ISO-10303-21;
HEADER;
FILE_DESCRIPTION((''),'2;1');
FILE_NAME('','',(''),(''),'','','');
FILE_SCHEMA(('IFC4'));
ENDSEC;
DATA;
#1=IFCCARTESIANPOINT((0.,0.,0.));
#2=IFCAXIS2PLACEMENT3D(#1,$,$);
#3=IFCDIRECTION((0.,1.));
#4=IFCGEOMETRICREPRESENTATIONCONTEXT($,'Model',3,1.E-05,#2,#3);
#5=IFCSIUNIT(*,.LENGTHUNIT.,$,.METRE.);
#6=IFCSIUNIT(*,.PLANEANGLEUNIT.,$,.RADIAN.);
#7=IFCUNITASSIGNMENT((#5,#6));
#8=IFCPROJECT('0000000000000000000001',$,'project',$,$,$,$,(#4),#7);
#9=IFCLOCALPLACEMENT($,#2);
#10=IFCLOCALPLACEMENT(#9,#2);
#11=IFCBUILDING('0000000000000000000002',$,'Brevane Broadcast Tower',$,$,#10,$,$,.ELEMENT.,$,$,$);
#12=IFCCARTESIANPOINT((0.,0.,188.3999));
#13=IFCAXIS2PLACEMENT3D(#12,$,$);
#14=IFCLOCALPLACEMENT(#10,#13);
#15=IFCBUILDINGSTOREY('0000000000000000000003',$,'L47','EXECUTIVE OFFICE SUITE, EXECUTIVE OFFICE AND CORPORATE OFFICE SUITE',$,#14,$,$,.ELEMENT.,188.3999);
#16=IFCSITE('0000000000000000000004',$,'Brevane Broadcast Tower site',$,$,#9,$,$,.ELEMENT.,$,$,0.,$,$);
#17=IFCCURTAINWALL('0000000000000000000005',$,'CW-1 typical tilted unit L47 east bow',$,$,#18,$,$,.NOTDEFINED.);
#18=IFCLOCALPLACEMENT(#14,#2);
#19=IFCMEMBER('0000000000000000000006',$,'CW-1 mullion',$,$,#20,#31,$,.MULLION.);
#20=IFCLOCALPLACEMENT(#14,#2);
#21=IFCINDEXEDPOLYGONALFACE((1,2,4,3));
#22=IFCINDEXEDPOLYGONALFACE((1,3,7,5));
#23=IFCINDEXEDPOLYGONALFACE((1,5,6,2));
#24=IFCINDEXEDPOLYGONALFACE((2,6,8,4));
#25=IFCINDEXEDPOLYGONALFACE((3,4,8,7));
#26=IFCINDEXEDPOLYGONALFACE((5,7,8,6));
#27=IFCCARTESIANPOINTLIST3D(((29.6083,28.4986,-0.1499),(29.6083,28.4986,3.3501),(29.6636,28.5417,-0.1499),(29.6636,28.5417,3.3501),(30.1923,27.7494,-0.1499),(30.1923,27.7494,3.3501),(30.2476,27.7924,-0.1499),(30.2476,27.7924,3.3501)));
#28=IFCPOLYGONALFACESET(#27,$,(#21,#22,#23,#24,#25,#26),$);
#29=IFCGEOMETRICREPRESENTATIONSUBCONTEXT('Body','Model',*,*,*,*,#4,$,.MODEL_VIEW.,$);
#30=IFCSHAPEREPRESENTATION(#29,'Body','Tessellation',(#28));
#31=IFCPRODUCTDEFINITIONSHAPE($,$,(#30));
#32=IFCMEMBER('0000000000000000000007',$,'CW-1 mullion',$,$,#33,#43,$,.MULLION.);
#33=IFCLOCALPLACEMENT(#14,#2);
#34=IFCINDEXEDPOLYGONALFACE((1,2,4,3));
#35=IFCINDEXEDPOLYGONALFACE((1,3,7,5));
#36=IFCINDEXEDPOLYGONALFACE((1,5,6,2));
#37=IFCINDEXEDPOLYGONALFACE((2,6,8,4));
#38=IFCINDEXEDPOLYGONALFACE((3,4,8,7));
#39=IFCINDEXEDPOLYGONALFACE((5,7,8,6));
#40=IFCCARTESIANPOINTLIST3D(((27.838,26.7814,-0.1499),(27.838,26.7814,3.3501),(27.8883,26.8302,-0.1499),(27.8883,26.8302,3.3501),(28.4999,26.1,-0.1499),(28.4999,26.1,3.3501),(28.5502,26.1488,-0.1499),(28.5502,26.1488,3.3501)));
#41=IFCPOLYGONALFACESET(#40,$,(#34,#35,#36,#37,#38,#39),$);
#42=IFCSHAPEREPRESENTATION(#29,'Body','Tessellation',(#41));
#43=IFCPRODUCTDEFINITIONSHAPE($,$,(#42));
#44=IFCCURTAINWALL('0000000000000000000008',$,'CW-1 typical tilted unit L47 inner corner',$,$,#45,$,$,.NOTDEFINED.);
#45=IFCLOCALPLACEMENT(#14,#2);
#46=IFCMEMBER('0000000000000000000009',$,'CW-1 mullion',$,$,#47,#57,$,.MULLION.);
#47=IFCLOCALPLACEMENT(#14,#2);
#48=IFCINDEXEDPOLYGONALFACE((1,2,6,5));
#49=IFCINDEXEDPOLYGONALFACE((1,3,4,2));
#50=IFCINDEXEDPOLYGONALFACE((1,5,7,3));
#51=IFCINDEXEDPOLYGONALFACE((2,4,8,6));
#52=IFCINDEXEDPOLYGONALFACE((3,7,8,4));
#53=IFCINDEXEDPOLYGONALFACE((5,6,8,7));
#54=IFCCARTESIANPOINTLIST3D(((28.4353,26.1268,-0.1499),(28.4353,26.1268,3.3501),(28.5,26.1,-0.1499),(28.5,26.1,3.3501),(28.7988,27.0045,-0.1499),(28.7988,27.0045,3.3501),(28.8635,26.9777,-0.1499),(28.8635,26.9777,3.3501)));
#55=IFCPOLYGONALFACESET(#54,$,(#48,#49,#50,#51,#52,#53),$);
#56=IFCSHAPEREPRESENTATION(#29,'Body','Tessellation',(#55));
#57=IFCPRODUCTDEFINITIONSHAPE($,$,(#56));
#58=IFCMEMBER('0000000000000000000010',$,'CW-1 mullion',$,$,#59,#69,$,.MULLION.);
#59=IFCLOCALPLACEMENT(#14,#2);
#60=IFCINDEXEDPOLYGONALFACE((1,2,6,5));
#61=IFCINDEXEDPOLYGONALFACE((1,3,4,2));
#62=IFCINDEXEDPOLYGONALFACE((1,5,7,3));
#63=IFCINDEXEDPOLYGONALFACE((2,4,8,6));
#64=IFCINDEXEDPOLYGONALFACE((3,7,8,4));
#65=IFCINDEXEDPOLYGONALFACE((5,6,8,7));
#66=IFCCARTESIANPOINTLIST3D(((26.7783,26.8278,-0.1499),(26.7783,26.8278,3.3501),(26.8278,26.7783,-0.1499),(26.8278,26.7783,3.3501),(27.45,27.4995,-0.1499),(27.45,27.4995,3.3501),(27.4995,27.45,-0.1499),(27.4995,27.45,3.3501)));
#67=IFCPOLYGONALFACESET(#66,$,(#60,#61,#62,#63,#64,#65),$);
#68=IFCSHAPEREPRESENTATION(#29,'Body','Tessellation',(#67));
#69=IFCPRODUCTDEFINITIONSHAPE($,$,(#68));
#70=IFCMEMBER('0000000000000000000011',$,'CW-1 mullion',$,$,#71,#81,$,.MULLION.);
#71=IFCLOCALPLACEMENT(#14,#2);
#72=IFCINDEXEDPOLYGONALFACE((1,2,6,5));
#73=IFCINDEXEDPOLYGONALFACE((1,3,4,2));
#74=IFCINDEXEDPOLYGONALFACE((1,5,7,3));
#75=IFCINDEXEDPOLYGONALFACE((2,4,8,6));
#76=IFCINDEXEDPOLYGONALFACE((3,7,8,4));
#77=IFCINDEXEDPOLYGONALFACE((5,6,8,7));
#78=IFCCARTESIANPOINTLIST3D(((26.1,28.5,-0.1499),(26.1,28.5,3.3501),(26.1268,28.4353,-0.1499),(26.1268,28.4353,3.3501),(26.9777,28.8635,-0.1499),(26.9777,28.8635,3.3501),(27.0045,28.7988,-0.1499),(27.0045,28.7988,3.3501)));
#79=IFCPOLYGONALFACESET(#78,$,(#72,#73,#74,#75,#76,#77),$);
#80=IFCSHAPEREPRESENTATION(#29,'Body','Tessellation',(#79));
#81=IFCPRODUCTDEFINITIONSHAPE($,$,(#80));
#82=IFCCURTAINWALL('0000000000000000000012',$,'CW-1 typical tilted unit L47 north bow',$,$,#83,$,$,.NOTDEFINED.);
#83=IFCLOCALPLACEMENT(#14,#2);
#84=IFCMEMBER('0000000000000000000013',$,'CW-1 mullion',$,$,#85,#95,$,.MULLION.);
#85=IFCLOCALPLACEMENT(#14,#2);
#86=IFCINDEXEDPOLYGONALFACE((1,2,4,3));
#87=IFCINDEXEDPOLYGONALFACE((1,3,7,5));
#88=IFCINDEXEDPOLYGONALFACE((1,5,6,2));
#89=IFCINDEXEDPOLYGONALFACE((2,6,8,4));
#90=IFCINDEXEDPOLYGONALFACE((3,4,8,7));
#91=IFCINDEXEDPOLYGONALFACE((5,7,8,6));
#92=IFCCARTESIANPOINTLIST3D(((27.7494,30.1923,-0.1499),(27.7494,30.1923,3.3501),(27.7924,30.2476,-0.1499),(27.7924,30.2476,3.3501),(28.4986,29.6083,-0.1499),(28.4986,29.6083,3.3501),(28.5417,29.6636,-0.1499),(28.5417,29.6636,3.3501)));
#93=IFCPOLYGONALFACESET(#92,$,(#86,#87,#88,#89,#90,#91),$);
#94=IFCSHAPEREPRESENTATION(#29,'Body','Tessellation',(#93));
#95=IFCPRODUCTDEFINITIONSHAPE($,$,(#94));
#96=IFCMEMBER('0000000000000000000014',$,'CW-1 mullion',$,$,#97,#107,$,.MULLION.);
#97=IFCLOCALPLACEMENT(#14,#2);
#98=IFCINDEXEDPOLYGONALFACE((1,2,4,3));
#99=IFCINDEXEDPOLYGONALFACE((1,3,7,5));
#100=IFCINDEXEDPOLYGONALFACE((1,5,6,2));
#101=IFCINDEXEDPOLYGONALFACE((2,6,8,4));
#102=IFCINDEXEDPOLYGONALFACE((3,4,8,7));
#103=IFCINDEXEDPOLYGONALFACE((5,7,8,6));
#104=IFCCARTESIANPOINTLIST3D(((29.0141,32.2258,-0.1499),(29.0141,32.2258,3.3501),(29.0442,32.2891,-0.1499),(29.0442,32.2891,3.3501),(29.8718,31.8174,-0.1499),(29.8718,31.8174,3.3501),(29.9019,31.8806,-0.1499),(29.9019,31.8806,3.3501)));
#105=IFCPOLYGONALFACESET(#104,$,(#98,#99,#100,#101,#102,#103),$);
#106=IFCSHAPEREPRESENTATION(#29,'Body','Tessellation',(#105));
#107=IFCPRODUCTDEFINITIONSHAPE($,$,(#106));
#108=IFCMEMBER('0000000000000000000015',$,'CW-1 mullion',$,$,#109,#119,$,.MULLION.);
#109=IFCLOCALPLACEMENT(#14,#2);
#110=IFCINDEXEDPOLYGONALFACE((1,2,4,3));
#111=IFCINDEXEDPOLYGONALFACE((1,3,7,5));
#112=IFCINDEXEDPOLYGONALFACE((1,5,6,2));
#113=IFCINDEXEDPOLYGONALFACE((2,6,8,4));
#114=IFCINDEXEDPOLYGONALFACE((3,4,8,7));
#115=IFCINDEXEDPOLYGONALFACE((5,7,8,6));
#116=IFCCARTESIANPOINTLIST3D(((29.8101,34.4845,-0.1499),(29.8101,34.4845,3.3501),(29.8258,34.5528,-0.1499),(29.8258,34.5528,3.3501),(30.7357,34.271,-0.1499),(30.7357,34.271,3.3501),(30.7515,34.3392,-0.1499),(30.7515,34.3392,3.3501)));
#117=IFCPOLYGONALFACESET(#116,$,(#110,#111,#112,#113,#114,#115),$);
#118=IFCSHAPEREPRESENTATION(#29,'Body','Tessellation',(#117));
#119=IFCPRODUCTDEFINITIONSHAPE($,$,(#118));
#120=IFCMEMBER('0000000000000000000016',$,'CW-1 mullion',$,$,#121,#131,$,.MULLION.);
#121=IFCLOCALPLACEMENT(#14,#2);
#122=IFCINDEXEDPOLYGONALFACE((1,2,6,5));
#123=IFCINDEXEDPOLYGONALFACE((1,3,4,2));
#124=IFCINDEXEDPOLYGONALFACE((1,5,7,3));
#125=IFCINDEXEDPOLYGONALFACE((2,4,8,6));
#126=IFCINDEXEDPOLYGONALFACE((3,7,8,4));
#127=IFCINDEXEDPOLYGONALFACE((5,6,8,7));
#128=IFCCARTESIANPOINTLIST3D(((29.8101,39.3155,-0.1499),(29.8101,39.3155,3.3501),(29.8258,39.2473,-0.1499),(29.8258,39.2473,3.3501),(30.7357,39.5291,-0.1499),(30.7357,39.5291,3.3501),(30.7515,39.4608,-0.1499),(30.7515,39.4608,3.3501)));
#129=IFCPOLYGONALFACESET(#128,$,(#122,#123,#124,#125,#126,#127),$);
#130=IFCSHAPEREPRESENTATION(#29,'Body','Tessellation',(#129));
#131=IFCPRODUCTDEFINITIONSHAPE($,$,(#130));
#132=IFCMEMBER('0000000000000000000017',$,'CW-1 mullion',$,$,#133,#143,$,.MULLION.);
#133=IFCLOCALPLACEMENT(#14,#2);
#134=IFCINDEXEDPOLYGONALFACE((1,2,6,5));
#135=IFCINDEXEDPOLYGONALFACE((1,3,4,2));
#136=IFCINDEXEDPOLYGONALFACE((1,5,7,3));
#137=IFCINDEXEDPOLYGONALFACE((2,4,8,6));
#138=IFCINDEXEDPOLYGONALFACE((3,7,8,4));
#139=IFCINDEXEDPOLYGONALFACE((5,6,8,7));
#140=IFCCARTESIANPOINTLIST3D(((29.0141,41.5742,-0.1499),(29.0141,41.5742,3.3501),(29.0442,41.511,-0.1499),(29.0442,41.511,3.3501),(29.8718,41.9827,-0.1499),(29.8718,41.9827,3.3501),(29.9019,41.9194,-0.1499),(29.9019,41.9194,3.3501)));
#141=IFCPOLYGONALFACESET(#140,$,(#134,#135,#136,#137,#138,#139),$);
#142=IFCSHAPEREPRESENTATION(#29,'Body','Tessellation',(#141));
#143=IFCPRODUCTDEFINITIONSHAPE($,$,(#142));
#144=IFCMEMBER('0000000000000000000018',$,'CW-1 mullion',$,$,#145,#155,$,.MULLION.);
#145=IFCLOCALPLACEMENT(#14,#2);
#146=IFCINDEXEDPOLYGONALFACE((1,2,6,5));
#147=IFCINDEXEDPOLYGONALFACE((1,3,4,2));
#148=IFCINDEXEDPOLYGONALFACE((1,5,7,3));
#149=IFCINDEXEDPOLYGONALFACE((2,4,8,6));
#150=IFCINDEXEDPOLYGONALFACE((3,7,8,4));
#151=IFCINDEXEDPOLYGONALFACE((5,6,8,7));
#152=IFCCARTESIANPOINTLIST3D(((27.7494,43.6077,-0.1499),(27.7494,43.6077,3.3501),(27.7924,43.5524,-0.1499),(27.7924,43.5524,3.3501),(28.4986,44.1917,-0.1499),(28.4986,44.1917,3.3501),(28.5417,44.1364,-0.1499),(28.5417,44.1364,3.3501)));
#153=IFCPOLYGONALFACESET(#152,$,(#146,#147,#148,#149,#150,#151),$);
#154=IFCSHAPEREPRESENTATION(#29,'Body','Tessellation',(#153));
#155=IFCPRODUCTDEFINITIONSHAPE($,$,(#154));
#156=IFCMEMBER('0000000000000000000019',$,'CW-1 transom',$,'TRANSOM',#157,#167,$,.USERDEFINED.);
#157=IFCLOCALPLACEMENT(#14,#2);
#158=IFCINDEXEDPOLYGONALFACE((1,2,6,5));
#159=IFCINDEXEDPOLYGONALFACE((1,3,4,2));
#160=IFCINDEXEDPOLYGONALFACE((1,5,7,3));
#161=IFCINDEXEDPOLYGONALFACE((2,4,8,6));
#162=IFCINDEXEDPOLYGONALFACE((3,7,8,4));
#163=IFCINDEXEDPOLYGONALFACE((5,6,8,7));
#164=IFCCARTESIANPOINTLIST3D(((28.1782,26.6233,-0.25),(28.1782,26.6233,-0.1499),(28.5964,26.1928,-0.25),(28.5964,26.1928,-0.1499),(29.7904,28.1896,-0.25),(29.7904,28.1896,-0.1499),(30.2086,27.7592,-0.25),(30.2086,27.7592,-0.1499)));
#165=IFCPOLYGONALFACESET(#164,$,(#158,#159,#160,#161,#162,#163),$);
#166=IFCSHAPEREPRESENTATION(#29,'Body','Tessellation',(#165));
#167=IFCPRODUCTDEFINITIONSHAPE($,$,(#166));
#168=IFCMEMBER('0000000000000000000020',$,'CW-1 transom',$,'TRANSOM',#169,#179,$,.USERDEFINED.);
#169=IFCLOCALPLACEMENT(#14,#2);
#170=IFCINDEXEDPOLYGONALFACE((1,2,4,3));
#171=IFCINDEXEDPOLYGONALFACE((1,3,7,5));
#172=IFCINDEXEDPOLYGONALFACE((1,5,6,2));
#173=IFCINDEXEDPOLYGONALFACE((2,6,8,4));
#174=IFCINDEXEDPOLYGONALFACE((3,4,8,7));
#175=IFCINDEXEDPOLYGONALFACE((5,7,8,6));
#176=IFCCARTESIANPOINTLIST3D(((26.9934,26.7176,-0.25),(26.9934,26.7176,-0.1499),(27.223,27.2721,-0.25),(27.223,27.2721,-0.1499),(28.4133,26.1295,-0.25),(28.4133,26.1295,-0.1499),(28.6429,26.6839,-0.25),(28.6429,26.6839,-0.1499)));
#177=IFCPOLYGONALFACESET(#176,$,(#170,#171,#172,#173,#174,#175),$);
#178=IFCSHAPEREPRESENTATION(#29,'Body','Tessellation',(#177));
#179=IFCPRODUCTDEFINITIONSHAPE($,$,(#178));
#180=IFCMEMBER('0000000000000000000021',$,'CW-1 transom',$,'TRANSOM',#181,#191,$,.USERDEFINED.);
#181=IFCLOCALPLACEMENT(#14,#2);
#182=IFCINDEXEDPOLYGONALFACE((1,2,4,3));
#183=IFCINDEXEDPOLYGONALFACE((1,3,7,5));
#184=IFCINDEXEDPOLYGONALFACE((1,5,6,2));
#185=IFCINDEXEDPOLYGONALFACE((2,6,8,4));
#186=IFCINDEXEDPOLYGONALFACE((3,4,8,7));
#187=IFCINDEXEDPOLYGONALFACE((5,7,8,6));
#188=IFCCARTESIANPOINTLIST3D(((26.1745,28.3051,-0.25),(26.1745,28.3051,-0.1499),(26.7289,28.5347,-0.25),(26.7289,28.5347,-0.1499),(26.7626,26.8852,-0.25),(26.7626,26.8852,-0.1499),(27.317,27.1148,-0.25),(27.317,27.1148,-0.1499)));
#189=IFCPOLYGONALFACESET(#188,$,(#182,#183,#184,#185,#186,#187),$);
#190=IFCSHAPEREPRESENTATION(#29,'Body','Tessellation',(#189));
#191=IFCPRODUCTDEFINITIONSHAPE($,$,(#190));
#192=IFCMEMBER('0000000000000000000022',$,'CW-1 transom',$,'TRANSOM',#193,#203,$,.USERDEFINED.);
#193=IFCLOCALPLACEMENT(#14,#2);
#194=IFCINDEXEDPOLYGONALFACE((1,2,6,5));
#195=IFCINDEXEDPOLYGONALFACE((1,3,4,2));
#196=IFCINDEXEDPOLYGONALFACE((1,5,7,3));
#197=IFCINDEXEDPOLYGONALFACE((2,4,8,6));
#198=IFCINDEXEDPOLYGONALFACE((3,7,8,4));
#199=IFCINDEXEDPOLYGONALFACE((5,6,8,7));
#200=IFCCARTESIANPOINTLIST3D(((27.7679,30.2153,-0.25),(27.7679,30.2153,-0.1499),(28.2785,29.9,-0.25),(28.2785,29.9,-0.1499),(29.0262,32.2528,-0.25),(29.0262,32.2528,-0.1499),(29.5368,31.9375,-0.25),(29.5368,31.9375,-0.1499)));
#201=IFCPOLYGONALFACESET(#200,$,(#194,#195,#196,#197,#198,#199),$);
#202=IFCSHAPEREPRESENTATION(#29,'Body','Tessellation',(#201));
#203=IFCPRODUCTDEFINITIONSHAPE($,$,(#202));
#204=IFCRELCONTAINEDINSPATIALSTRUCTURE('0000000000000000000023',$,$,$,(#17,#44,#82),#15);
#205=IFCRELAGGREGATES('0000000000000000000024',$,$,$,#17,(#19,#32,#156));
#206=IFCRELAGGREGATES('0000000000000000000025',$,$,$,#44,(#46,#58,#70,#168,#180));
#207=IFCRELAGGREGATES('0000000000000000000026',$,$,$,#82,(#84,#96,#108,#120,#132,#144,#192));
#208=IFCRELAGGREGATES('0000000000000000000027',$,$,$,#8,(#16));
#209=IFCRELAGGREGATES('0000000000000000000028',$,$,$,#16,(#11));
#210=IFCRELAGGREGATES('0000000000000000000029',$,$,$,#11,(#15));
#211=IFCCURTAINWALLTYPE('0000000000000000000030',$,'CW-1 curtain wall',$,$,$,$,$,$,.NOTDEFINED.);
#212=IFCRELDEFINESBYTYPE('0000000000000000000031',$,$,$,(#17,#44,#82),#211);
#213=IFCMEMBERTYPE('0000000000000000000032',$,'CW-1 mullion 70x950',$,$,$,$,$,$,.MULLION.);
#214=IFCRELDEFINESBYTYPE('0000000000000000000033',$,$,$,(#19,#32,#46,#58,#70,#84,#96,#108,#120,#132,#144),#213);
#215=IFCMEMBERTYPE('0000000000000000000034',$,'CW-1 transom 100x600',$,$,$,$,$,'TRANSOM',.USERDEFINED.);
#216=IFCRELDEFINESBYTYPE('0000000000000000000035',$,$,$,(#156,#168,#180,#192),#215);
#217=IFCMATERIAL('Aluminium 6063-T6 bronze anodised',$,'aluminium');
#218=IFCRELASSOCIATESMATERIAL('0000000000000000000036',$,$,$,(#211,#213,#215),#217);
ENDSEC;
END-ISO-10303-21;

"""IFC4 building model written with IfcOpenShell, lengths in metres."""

from ifc_helpers import new_model, si_unit, direction, frame, origin, origin_2d, place, context, subcontext, project, spatial, rectangle, extrude, material, material_profile, profile_set, type_object, element, aggregate, save


model = new_model("IFC4")

# Units and contexts
model_context = context("Model", 3, precision=1e-05, world=origin(), true_north=direction((0.0, 1.0)))
body_context = subcontext(model_context, "Body", "Model", "MODEL_VIEW")
ifc_project = project(units=[si_unit("LENGTHUNIT", "METRE"), si_unit("PLANEANGLEUNIT", "RADIAN")], contexts=[model_context])

# Site, building, storey
site_placement = place(None, origin())
site = spatial("IfcSite", under=ifc_project, at=site_placement, Name="Brevane Broadcast Tower site", CompositionType="ELEMENT", RefElevation=0.0)
building_placement = place(site_placement, origin())
building = spatial("IfcBuilding", under=site, at=building_placement, Name="Brevane Broadcast Tower", CompositionType="ELEMENT")
storey_placement = place(building_placement, frame((0.0, 0.0, 188.3999)))
storey = spatial("IfcBuildingStorey", under=building, at=storey_placement, Name="L47", Description="EXECUTIVE OFFICE SUITE, EXECUTIVE OFFICE AND CORPORATE OFFICE SUITE", CompositionType="ELEMENT", Elevation=188.3999)

# Curtain walls, members
ifc_material_1 = material(Name="Aluminium 6063-T6 bronze anodised", Category="aluminium")
curtain_wall_type = type_object("IfcCurtainWallType", Name="CW-1 curtain wall", PredefinedType="NOTDEFINED", material=ifc_material_1)
curtain_wall_1_placement = place(storey_placement, origin())
curtain_wall_1 = element("IfcCurtainWall", 1, at=curtain_wall_1_placement, inside=storey, type_object=curtain_wall_type, Name="CW-1 typical tilted unit L47 east bow", PredefinedType="NOTDEFINED")
ifc_material_profile_1 = material_profile(ifc_material_1, rectangle(XDim=0.95, YDim=0.0701, at=origin_2d()), Name="RECT 70x950")
ifc_profile_set_1 = profile_set([ifc_material_profile_1], Name="Aluminium 6063-T6 bronze anodised")
member_type_1 = type_object("IfcMemberType", Name="CW-1 mullion 70x950", PredefinedType="MULLION", material=ifc_profile_set_1)
member_1_placement = place(storey_placement, frame((29.928, 28.1455, -0.1499), z_axis=(0.0, 0.0, 1.0), x_axis=(0.61477, -0.788707, 0.0)))
member_1 = element("IfcMember", 2, at=member_1_placement, type_object=member_type_1, Name="CW-1 mullion", PredefinedType="MULLION", context=body_context, shape_type="SweptSolid", body=[
    extrude(rectangle(XDim=0.95, YDim=0.0701, at=origin_2d()), origin(), (0.0, 0.0, 1.0), 3.5),
])
member_2_placement = place(storey_placement, frame((28.1941, 26.4651, -0.1499), z_axis=(0.0, 0.0, 1.0), x_axis=(0.696812, -0.717254, 0.0)))
member_2 = element("IfcMember", 3, at=member_2_placement, type_object=member_type_1, Name="CW-1 mullion", PredefinedType="MULLION", context=body_context, shape_type="SweptSolid", body=[
    extrude(rectangle(XDim=0.95, YDim=0.0701, at=origin_2d()), origin(), (0.0, 0.0, 1.0), 3.5),
])
curtain_wall_2_placement = place(storey_placement, origin())
curtain_wall_2 = element("IfcCurtainWall", 4, at=curtain_wall_2_placement, inside=storey, type_object=curtain_wall_type, Name="CW-1 typical tilted unit L47 inner corner", PredefinedType="NOTDEFINED")
member_3_placement = place(storey_placement, frame((28.6494, 26.5522, -0.1499), z_axis=(0.0, 0.0, 1.0), x_axis=(-0.382683, -0.92388, 0.0)))
member_3 = element("IfcMember", 5, at=member_3_placement, type_object=member_type_1, Name="CW-1 mullion", PredefinedType="MULLION", context=body_context, shape_type="SweptSolid", body=[
    extrude(rectangle(XDim=0.95, YDim=0.0701, at=origin_2d()), origin(), (0.0, 0.0, 1.0), 3.5),
])
member_4_placement = place(storey_placement, frame((27.1389, 27.1389, -0.1499), z_axis=(0.0, 0.0, 1.0), x_axis=(-0.707107, -0.707107, 0.0)))
member_4 = element("IfcMember", 6, at=member_4_placement, type_object=member_type_1, Name="CW-1 mullion", PredefinedType="MULLION", context=body_context, shape_type="SweptSolid", body=[
    extrude(rectangle(XDim=0.95, YDim=0.0701, at=origin_2d()), origin(), (0.0, 0.0, 1.0), 3.5),
])
member_5_placement = place(storey_placement, frame((26.5522, 28.6494, -0.1499), z_axis=(0.0, 0.0, 1.0), x_axis=(-0.92388, -0.382683, 0.0)))
member_5 = element("IfcMember", 7, at=member_5_placement, type_object=member_type_1, Name="CW-1 mullion", PredefinedType="MULLION", context=body_context, shape_type="SweptSolid", body=[
    extrude(rectangle(XDim=0.95, YDim=0.0701, at=origin_2d()), origin(), (0.0, 0.0, 1.0), 3.5),
])
curtain_wall_3_placement = place(storey_placement, origin())
curtain_wall_3 = element("IfcCurtainWall", 8, at=curtain_wall_3_placement, inside=storey, type_object=curtain_wall_type, Name="CW-1 typical tilted unit L47 north bow", PredefinedType="NOTDEFINED")
member_6_placement = place(storey_placement, frame((28.1455, 29.928, -0.1499), z_axis=(0.0, 0.0, 1.0), x_axis=(-0.788707, 0.61477, 0.0)))
member_6 = element("IfcMember", 9, at=member_6_placement, type_object=member_type_1, Name="CW-1 mullion", PredefinedType="MULLION", context=body_context, shape_type="SweptSolid", body=[
    extrude(rectangle(XDim=0.95, YDim=0.0701, at=origin_2d()), origin(), (0.0, 0.0, 1.0), 3.5),
])
member_7_placement = place(storey_placement, frame((29.458, 32.0532, -0.1499), z_axis=(0.0, 0.0, 1.0), x_axis=(-0.902861, 0.429934, 0.0)))
member_7 = element("IfcMember", 10, at=member_7_placement, type_object=member_type_1, Name="CW-1 mullion", PredefinedType="MULLION", context=body_context, shape_type="SweptSolid", body=[
    extrude(rectangle(XDim=0.95, YDim=0.0701, at=origin_2d()), origin(), (0.0, 0.0, 1.0), 3.5),
])
member_8_placement = place(storey_placement, frame((30.2808, 34.4119, -0.1499), z_axis=(0.0, 0.0, 1.0), x_axis=(-0.974403, 0.224807, 0.0)))
member_8 = element("IfcMember", 11, at=member_8_placement, type_object=member_type_1, Name="CW-1 mullion", PredefinedType="MULLION", context=body_context, shape_type="SweptSolid", body=[
    extrude(rectangle(XDim=0.95, YDim=0.0701, at=origin_2d()), origin(), (0.0, 0.0, 1.0), 3.5),
])
member_9_placement = place(storey_placement, frame((30.2808, 39.3882, -0.1499), z_axis=(0.0, 0.0, 1.0), x_axis=(-0.974403, -0.224807, 0.0)))
member_9 = element("IfcMember", 12, at=member_9_placement, type_object=member_type_1, Name="CW-1 mullion", PredefinedType="MULLION", context=body_context, shape_type="SweptSolid", body=[
    extrude(rectangle(XDim=0.95, YDim=0.0701, at=origin_2d()), origin(), (0.0, 0.0, 1.0), 3.5),
])
member_10_placement = place(storey_placement, frame((29.458, 41.7468, -0.1499), z_axis=(0.0, 0.0, 1.0), x_axis=(-0.902861, -0.429934, 0.0)))
member_10 = element("IfcMember", 13, at=member_10_placement, type_object=member_type_1, Name="CW-1 mullion", PredefinedType="MULLION", context=body_context, shape_type="SweptSolid", body=[
    extrude(rectangle(XDim=0.95, YDim=0.0701, at=origin_2d()), origin(), (0.0, 0.0, 1.0), 3.5),
])
member_11_placement = place(storey_placement, frame((28.1455, 43.8721, -0.1499), z_axis=(0.0, 0.0, 1.0), x_axis=(-0.788707, -0.61477, 0.0)))
member_11 = element("IfcMember", 14, at=member_11_placement, type_object=member_type_1, Name="CW-1 mullion", PredefinedType="MULLION", context=body_context, shape_type="SweptSolid", body=[
    extrude(rectangle(XDim=0.95, YDim=0.0701, at=origin_2d()), origin(), (0.0, 0.0, 1.0), 3.5),
])

# Members
ifc_material_profile_2 = material_profile(ifc_material_1, rectangle(XDim=0.6001, YDim=0.1001, at=origin_2d()), Name="RECT 100x600")
ifc_profile_set_2 = profile_set([ifc_material_profile_2], Name="Aluminium 6063-T6 bronze anodised")
member_type_2 = type_object("IfcMemberType", Name="CW-1 transom 100x600", ElementType="TRANSOM", PredefinedType="USERDEFINED", material=ifc_profile_set_2)
member_12_placement = place(storey_placement, frame((29.9995, 27.9744, -0.2), z_axis=(-0.717242, -0.696824, 0.0), x_axis=(0.696824, -0.717242, 0.0)))
member_12 = element("IfcMember", 15, at=member_12_placement, type_object=member_type_2, Name="CW-1 transom", ObjectType="TRANSOM", PredefinedType="USERDEFINED", context=body_context, shape_type="SweptSolid", body=[
    extrude(rectangle(XDim=0.6001, YDim=0.1001, at=origin_2d()), origin(), (0.0, 0.0, 1.0), 2.2478),
])
aggregate(curtain_wall_1, [member_1, member_2, member_12])
member_13_placement = place(storey_placement, frame((28.5281, 26.4067, -0.2), z_axis=(-0.923883, 0.382674, 0.0), x_axis=(-0.382674, -0.923883, 0.0)))
member_13 = element("IfcMember", 16, at=member_13_placement, type_object=member_type_2, Name="CW-1 transom", ObjectType="TRANSOM", PredefinedType="USERDEFINED", context=body_context, shape_type="SweptSolid", body=[
    extrude(rectangle(XDim=0.6001, YDim=0.1001, at=origin_2d()), origin(), (0.0, 0.0, 1.0), 1.5369),
])
member_14_placement = place(storey_placement, frame((27.0398, 27.0, -0.2), z_axis=(-0.382674, 0.923883, 0.0), x_axis=(-0.923883, -0.382674, 0.0)))
member_14 = element("IfcMember", 17, at=member_14_placement, type_object=member_type_2, Name="CW-1 transom", ObjectType="TRANSOM", PredefinedType="USERDEFINED", context=body_context, shape_type="SweptSolid", body=[
    extrude(rectangle(XDim=0.6001, YDim=0.1001, at=origin_2d()), origin(), (0.0, 0.0, 1.0), 1.5369),
])
aggregate(curtain_wall_2, [member_3, member_4, member_5, member_13, member_14])
member_15_placement = place(storey_placement, frame((28.0232, 30.0576, -0.2), z_axis=(0.525428, 0.850838, 0.0), x_axis=(-0.850838, 0.525428, 0.0)))
member_15 = element("IfcMember", 18, at=member_15_placement, type_object=member_type_2, Name="CW-1 transom", ObjectType="TRANSOM", PredefinedType="USERDEFINED", context=body_context, shape_type="SweptSolid", body=[
    extrude(rectangle(XDim=0.6001, YDim=0.1001, at=origin_2d()), origin(), (0.0, 0.0, 1.0), 2.3948),
])
aggregate(curtain_wall_3, [member_6, member_7, member_8, member_9, member_10, member_11, member_15])

save(model, "model.ifc")
